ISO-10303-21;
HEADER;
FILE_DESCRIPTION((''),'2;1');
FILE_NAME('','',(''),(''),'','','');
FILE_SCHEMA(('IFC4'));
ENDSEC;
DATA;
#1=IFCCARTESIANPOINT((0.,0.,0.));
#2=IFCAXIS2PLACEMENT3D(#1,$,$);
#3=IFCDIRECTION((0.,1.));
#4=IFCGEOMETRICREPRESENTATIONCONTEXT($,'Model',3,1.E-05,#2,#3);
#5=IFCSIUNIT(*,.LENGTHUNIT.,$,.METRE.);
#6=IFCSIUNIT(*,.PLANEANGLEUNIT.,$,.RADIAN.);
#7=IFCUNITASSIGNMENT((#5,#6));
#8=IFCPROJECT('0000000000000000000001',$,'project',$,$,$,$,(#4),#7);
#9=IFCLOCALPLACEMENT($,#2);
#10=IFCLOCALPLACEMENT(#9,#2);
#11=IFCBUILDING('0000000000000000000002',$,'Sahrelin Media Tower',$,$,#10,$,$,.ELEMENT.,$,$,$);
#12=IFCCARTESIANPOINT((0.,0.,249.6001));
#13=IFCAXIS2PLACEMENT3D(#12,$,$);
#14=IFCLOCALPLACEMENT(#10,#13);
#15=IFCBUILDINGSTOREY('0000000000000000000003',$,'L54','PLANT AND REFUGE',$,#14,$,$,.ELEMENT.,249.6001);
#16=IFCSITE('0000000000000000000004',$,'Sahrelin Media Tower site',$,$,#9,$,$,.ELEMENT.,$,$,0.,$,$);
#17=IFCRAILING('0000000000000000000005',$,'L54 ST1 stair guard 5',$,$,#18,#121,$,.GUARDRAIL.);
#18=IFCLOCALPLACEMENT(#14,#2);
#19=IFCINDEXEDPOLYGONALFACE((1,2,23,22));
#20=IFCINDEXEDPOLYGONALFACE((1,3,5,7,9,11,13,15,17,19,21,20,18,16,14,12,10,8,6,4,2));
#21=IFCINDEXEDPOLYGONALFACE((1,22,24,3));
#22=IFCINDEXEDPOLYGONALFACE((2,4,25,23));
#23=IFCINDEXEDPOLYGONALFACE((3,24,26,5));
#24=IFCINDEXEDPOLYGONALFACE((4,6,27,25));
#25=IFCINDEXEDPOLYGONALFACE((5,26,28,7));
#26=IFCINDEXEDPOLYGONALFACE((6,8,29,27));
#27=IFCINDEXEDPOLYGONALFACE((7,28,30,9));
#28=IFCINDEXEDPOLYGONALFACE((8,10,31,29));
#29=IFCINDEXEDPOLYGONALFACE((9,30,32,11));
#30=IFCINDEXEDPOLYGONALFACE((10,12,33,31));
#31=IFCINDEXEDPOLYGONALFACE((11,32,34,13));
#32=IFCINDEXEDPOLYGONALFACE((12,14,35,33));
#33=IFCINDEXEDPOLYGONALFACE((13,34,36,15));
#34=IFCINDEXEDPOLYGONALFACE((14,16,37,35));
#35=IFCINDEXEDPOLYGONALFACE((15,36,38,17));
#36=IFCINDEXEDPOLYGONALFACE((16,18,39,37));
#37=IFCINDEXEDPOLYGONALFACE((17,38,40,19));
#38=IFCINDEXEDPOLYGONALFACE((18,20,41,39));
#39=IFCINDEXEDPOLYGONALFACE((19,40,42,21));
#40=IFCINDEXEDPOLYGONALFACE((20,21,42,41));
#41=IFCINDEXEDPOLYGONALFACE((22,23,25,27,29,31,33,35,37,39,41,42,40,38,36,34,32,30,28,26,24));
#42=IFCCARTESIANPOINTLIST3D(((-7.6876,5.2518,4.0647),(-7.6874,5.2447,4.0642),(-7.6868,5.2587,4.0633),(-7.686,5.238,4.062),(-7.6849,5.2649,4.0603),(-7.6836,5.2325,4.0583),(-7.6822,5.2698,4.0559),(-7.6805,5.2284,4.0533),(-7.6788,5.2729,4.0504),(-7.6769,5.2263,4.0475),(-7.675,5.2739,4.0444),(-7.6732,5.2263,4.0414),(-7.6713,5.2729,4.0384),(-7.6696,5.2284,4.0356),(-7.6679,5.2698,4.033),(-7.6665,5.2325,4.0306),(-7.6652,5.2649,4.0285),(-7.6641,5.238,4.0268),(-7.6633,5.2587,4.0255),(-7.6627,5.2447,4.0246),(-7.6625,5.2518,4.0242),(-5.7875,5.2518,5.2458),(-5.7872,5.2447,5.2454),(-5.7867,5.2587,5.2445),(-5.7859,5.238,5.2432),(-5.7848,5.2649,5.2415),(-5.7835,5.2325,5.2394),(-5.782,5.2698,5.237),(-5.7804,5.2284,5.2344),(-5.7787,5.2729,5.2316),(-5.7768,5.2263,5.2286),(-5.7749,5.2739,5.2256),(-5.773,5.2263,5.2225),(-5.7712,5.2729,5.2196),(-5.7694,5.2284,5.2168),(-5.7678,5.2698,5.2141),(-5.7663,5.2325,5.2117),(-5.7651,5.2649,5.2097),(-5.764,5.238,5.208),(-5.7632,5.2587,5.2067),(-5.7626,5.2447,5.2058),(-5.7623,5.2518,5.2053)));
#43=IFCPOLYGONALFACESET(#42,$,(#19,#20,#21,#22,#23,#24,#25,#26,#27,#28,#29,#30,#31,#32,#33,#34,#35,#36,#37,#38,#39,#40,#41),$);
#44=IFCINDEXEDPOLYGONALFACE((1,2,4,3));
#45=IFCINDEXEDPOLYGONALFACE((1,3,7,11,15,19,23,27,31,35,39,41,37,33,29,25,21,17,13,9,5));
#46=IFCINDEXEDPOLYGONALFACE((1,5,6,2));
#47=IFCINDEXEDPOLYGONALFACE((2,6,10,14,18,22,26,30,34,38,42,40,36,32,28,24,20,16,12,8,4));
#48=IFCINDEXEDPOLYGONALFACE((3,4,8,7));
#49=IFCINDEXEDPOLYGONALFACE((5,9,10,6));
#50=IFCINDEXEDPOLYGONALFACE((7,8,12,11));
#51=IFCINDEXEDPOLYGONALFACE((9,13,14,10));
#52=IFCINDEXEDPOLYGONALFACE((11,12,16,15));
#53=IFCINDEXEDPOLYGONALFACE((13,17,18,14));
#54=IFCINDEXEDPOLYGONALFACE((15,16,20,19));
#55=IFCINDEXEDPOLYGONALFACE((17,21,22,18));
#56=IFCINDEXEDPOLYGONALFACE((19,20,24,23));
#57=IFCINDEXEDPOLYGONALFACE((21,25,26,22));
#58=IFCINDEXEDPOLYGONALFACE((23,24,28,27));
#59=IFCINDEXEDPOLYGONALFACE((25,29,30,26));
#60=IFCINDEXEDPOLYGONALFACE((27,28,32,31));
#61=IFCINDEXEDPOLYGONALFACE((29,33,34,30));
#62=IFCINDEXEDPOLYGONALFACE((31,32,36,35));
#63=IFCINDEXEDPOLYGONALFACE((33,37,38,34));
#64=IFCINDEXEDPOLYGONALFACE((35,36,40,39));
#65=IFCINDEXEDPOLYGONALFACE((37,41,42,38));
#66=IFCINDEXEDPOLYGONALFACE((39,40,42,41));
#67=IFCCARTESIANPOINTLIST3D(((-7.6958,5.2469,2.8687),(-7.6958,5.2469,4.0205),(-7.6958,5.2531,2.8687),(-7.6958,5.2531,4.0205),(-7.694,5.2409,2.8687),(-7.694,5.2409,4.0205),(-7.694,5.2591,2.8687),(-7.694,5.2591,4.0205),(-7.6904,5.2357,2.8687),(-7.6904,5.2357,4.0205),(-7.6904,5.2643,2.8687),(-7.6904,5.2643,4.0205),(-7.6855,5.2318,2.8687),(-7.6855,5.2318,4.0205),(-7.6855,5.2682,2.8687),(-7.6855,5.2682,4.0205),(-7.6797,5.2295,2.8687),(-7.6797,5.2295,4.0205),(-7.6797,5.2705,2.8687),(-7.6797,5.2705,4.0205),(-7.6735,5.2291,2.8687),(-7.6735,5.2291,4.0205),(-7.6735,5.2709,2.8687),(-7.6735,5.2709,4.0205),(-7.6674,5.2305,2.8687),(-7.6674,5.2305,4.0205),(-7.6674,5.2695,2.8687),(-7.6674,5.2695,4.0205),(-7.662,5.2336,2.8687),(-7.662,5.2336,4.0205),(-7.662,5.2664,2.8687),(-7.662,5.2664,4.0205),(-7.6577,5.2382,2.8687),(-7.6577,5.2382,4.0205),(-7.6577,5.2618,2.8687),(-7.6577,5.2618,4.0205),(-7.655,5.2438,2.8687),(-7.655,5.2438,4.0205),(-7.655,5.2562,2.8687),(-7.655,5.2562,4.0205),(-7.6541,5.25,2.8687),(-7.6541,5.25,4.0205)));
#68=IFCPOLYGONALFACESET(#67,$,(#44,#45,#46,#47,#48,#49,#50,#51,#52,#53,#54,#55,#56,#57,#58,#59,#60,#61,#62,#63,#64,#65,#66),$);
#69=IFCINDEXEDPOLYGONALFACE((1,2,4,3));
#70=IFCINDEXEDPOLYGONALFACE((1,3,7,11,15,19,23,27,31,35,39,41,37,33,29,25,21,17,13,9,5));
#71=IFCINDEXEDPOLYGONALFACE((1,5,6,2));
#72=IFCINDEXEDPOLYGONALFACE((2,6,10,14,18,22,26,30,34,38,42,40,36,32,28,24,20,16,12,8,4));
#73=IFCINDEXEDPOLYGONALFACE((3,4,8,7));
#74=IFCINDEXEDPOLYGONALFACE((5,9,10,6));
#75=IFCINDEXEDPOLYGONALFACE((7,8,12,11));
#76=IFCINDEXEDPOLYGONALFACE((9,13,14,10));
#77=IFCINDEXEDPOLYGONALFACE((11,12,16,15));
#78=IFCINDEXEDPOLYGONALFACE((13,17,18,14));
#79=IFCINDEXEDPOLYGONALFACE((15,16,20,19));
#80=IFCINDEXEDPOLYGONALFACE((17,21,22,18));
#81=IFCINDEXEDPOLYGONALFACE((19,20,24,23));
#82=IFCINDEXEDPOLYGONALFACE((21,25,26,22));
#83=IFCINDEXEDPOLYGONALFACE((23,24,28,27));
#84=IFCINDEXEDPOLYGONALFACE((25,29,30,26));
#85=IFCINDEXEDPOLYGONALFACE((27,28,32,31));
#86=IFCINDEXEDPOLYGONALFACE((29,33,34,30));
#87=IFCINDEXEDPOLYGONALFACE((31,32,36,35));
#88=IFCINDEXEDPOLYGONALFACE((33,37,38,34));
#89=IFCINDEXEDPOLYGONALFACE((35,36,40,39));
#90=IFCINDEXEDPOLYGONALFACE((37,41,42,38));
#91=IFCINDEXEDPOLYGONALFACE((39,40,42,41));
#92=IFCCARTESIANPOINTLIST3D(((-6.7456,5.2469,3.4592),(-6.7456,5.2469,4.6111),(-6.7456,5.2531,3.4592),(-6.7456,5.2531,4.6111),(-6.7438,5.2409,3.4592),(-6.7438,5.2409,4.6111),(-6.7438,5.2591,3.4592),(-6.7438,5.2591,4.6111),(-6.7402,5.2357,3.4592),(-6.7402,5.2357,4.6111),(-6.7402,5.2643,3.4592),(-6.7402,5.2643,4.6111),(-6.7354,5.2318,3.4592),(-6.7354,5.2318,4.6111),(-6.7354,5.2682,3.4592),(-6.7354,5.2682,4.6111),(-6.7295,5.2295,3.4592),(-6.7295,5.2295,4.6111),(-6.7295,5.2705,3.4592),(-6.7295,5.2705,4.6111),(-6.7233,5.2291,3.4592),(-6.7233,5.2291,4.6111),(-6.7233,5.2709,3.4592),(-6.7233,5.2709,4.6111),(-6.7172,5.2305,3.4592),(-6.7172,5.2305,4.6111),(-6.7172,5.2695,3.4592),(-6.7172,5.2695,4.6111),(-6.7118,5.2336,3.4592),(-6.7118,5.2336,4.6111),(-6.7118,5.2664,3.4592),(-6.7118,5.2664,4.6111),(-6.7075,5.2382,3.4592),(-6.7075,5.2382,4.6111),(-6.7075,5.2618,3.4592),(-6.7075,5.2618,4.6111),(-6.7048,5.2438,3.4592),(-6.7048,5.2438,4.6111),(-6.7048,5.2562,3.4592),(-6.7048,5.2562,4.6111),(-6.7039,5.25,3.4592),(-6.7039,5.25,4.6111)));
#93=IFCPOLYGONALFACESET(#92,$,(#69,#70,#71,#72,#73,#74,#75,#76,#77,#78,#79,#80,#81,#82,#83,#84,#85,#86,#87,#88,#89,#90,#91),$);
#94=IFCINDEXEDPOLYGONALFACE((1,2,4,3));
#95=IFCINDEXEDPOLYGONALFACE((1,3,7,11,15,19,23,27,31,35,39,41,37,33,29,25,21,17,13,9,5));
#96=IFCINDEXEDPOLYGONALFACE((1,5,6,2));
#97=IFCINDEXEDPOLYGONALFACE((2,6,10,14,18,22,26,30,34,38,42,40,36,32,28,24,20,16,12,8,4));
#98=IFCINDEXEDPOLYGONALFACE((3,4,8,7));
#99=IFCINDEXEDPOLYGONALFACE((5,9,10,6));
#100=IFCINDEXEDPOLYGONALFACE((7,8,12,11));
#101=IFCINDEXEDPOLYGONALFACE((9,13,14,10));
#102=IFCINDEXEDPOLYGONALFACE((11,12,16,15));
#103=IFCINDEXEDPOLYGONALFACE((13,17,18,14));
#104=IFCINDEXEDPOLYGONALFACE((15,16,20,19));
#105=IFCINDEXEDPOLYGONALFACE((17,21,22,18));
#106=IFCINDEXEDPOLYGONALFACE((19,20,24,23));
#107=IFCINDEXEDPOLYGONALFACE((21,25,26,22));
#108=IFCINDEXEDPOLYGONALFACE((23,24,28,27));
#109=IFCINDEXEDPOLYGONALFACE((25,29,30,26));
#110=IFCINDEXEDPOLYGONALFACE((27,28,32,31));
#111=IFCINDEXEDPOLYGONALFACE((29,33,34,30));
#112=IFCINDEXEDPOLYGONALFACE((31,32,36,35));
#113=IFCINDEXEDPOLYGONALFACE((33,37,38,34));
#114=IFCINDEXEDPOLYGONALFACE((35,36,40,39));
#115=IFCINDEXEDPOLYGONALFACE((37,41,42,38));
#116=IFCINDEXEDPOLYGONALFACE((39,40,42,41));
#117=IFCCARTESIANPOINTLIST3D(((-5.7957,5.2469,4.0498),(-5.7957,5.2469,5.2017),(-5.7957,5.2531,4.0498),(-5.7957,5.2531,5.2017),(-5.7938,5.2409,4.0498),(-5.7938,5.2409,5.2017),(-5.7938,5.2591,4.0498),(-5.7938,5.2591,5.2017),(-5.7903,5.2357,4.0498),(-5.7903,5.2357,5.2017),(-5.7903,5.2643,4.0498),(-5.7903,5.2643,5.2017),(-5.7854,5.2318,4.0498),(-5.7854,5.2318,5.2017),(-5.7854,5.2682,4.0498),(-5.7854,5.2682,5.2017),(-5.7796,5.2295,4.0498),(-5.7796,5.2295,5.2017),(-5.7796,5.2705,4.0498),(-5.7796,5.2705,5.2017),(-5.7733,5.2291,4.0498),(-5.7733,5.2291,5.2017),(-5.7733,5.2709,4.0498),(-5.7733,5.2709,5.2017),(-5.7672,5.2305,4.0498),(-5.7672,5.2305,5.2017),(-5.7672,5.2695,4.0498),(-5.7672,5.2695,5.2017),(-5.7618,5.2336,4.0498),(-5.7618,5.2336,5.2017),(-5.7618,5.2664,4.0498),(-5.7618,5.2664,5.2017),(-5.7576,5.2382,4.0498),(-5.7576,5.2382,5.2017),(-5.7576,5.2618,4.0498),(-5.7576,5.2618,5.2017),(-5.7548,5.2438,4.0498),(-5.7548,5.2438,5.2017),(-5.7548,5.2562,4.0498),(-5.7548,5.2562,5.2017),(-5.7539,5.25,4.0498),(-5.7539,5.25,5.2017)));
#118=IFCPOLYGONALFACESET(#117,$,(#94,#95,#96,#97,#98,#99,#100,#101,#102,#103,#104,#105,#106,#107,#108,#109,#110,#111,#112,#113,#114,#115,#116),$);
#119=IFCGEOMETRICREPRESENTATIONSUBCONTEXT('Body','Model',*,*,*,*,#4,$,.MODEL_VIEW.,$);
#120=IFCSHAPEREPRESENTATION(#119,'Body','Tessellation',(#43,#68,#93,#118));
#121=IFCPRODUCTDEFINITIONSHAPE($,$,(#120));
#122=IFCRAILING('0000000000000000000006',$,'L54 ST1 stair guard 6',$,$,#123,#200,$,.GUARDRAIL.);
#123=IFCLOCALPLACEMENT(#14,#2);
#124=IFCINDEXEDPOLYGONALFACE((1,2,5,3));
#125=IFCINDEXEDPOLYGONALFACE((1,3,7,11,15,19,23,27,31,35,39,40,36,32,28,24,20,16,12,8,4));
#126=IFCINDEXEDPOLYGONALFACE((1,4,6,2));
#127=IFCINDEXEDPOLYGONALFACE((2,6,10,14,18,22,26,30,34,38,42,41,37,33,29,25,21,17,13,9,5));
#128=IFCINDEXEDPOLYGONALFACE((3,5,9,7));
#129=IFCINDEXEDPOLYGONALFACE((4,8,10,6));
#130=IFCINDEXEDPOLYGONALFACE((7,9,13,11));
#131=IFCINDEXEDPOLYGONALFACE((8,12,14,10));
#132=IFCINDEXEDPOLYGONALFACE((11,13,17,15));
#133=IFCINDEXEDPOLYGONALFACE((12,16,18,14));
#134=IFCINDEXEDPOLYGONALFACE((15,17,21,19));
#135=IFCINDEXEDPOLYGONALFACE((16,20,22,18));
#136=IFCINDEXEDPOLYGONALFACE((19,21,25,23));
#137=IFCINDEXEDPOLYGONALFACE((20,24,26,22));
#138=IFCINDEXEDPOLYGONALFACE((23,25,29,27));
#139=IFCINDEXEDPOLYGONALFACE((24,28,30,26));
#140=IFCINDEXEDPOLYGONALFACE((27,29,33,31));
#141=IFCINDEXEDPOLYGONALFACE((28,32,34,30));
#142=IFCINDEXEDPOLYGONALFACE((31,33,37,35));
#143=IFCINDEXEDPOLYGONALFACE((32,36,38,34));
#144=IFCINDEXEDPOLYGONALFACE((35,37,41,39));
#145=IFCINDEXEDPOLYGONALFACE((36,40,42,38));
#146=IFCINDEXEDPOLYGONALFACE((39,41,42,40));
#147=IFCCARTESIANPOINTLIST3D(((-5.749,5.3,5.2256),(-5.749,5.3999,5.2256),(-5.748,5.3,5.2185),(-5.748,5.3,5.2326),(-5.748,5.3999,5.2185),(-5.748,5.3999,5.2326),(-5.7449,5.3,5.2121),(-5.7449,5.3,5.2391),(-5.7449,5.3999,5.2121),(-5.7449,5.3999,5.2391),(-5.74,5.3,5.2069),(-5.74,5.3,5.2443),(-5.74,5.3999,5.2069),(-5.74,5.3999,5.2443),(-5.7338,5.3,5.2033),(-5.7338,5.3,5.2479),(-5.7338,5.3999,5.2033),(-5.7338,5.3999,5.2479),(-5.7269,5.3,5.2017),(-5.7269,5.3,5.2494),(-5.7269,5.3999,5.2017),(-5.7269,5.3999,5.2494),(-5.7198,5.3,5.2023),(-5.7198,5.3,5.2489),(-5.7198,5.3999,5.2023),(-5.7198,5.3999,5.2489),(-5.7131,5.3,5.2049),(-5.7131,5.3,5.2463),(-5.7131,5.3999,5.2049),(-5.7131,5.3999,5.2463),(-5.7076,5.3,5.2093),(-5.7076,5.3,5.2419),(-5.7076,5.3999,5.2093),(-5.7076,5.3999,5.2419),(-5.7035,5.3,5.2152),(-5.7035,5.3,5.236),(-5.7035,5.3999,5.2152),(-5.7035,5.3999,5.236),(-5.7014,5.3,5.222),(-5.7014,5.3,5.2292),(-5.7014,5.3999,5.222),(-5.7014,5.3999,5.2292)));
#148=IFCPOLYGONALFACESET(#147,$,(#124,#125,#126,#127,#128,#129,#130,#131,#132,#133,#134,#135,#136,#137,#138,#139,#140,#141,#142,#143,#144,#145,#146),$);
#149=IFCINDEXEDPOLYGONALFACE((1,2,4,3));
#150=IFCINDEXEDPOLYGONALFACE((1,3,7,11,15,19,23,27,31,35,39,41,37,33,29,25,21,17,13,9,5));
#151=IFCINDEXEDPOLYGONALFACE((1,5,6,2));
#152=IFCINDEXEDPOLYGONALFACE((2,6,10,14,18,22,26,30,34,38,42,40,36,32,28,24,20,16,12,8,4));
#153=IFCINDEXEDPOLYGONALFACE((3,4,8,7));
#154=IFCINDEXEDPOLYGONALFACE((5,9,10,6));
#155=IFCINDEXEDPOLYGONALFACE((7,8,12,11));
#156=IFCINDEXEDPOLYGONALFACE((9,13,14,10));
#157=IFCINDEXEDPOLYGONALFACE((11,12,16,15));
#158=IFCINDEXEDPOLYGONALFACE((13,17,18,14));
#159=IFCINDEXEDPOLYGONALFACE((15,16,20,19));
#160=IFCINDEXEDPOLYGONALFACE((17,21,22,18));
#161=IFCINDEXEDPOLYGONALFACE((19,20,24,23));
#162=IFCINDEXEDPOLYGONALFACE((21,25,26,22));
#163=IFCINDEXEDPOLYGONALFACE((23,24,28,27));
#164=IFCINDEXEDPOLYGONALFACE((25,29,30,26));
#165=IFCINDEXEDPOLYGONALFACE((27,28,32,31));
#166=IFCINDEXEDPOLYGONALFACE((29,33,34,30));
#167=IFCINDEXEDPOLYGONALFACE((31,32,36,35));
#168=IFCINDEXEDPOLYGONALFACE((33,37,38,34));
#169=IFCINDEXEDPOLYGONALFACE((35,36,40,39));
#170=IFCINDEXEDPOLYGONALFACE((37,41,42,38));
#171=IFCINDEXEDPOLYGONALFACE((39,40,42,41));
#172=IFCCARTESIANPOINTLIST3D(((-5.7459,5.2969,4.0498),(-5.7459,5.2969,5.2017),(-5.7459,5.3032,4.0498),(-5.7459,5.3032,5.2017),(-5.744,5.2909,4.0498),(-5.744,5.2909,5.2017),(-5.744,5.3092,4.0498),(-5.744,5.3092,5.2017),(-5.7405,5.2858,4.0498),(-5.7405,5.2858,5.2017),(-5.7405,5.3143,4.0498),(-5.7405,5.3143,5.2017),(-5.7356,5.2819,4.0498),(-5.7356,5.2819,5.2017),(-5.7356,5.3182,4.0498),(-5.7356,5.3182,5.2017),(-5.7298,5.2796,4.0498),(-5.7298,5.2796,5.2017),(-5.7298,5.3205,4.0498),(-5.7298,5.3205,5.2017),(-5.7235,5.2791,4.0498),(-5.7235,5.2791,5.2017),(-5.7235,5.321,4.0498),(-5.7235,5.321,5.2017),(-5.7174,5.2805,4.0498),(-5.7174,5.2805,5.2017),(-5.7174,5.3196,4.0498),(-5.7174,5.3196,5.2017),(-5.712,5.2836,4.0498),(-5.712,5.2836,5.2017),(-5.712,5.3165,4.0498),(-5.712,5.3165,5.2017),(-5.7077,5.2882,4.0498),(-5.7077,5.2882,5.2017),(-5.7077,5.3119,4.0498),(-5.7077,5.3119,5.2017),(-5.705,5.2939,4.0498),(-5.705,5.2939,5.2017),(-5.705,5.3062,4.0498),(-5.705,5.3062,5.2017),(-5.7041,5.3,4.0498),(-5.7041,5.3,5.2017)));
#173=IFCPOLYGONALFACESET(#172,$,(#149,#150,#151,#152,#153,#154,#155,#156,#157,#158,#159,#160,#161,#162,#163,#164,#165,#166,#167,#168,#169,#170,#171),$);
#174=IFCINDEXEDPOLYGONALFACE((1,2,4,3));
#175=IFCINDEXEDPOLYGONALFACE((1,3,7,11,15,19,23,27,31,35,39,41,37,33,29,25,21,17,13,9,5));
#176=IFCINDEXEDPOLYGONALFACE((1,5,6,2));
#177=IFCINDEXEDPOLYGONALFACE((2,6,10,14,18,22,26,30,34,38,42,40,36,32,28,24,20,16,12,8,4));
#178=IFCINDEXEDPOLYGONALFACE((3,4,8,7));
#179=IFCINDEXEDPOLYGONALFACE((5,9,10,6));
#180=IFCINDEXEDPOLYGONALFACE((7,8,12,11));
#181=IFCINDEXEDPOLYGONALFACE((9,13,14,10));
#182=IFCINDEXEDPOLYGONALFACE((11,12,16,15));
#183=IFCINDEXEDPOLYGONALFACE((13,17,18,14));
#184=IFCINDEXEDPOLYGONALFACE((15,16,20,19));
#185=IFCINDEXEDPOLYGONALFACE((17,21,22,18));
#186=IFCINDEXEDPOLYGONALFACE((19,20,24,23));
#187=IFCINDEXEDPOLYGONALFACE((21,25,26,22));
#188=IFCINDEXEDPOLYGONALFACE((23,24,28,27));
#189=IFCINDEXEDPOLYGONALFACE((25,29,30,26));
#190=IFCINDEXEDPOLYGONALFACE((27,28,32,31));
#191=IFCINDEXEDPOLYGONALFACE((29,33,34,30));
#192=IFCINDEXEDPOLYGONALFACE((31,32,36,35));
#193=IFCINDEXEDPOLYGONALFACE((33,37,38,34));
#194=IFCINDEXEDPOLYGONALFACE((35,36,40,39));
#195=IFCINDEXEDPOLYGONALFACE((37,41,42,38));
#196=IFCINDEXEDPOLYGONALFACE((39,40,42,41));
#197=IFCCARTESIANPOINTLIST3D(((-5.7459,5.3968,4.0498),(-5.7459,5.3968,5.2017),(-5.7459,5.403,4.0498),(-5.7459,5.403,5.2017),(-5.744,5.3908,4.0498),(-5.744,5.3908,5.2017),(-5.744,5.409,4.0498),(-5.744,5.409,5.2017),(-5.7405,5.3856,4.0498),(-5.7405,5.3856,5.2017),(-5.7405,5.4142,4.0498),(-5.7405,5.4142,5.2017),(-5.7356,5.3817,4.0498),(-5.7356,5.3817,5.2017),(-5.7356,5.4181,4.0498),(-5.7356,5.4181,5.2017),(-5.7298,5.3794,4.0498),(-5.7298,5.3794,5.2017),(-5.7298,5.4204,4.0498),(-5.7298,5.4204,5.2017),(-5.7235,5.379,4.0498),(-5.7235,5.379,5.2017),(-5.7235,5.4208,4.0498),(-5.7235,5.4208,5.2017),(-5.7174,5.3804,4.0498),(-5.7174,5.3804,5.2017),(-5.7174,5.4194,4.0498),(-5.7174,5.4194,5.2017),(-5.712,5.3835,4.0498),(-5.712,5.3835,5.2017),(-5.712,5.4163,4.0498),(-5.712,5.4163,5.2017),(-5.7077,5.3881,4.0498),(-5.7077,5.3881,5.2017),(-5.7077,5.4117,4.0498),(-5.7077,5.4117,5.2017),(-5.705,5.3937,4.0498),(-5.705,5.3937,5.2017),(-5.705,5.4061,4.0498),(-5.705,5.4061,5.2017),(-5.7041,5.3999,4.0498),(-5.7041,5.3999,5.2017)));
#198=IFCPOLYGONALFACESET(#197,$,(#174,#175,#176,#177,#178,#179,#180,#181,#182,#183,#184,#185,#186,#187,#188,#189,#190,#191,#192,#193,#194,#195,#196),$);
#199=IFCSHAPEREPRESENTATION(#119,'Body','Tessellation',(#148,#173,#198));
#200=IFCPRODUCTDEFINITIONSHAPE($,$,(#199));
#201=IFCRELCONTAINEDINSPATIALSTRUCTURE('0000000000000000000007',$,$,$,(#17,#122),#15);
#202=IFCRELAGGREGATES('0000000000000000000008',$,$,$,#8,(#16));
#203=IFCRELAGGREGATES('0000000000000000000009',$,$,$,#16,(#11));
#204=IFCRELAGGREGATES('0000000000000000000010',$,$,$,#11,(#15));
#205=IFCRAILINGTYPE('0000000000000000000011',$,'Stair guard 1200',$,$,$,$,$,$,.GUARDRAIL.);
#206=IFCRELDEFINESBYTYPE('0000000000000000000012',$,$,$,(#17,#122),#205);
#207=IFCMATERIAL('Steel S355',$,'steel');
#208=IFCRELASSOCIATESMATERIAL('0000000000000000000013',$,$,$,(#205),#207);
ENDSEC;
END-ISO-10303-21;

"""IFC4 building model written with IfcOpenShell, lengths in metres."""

from ifc_helpers import new_model, si_unit, direction, frame, origin, origin_2d, place, context, subcontext, project, spatial, circle, extrude, material, type_object, element, save


model = new_model("IFC4")

# Units and contexts
model_context = context("Model", 3, precision=1e-05, world=origin(), true_north=direction((0.0, 1.0)))
body_context = subcontext(model_context, "Body", "Model", "MODEL_VIEW")
ifc_project = project(units=[si_unit("LENGTHUNIT", "METRE"), si_unit("PLANEANGLEUNIT", "RADIAN")], contexts=[model_context])

# Site, building, storey
site_placement = place(None, origin())
site = spatial("IfcSite", under=ifc_project, at=site_placement, Name="Sahrelin Media Tower site", CompositionType="ELEMENT", RefElevation=0.0)
building_placement = place(site_placement, origin())
building = spatial("IfcBuilding", under=site, at=building_placement, Name="Sahrelin Media Tower", CompositionType="ELEMENT")
storey_placement = place(building_placement, frame((0.0, 0.0, 249.6001)))
storey = spatial("IfcBuildingStorey", under=building, at=storey_placement, Name="L54", Description="PLANT AND REFUGE", CompositionType="ELEMENT", Elevation=249.6001)

# Railings
ifc_material_1 = material(Name="Steel S355", Category="steel")
railing_type_1 = type_object("IfcRailingType", Name="Stair guard 1200", PredefinedType="GUARDRAIL", material=ifc_material_1)
railing_1_placement = place(storey_placement, frame((-7.675, 5.25, 2.8687)))
element("IfcRailing", 1, at=railing_1_placement, inside=storey, type_object=railing_type_1, Name="L54 ST1 stair guard 5", PredefinedType="GUARDRAIL", context=body_context, shape_type="SweptSolid", body=[
    extrude(circle(Radius=0.0239, at=origin_2d()), frame((0.0, 0.0, 1.1758), z_axis=(0.849289, 0.0, 0.527928), x_axis=(0.0, 1.0, 0.0)), (0.0, 0.0, 1.0), 2.2373),
    extrude(circle(Radius=0.021, at=origin_2d()), origin(), (0.0, 0.0, 1.0), 1.1519),
    extrude(circle(Radius=0.021, at=origin_2d()), frame((0.9502, 0.0, 0.5906)), (0.0, 0.0, 1.0), 1.1519),
    extrude(circle(Radius=0.021, at=origin_2d()), frame((1.9001, 0.0, 1.1812)), (0.0, 0.0, 1.0), 1.1519),
])
railing_2_placement = place(storey_placement, frame((-5.7251, 5.3, 4.0498)))
element("IfcRailing", 2, at=railing_2_placement, inside=storey, type_object=railing_type_1, Name="L54 ST1 stair guard 6", PredefinedType="GUARDRAIL", context=body_context, shape_type="SweptSolid", body=[
    extrude(circle(Radius=0.0239, at=origin_2d()), frame((0.0, 0.0, 1.1758), z_axis=(0.0, 1.0, 0.0), x_axis=(-1.0, 0.0, 0.0)), (0.0, 0.0, 1.0), 0.0999),
    extrude(circle(Radius=0.021, at=origin_2d()), origin(), (0.0, 0.0, 1.0), 1.1519),
    extrude(circle(Radius=0.021, at=origin_2d()), frame((0.0, 0.0999, 0.0)), (0.0, 0.0, 1.0), 1.1519),
])

save(model, "model.ifc")
